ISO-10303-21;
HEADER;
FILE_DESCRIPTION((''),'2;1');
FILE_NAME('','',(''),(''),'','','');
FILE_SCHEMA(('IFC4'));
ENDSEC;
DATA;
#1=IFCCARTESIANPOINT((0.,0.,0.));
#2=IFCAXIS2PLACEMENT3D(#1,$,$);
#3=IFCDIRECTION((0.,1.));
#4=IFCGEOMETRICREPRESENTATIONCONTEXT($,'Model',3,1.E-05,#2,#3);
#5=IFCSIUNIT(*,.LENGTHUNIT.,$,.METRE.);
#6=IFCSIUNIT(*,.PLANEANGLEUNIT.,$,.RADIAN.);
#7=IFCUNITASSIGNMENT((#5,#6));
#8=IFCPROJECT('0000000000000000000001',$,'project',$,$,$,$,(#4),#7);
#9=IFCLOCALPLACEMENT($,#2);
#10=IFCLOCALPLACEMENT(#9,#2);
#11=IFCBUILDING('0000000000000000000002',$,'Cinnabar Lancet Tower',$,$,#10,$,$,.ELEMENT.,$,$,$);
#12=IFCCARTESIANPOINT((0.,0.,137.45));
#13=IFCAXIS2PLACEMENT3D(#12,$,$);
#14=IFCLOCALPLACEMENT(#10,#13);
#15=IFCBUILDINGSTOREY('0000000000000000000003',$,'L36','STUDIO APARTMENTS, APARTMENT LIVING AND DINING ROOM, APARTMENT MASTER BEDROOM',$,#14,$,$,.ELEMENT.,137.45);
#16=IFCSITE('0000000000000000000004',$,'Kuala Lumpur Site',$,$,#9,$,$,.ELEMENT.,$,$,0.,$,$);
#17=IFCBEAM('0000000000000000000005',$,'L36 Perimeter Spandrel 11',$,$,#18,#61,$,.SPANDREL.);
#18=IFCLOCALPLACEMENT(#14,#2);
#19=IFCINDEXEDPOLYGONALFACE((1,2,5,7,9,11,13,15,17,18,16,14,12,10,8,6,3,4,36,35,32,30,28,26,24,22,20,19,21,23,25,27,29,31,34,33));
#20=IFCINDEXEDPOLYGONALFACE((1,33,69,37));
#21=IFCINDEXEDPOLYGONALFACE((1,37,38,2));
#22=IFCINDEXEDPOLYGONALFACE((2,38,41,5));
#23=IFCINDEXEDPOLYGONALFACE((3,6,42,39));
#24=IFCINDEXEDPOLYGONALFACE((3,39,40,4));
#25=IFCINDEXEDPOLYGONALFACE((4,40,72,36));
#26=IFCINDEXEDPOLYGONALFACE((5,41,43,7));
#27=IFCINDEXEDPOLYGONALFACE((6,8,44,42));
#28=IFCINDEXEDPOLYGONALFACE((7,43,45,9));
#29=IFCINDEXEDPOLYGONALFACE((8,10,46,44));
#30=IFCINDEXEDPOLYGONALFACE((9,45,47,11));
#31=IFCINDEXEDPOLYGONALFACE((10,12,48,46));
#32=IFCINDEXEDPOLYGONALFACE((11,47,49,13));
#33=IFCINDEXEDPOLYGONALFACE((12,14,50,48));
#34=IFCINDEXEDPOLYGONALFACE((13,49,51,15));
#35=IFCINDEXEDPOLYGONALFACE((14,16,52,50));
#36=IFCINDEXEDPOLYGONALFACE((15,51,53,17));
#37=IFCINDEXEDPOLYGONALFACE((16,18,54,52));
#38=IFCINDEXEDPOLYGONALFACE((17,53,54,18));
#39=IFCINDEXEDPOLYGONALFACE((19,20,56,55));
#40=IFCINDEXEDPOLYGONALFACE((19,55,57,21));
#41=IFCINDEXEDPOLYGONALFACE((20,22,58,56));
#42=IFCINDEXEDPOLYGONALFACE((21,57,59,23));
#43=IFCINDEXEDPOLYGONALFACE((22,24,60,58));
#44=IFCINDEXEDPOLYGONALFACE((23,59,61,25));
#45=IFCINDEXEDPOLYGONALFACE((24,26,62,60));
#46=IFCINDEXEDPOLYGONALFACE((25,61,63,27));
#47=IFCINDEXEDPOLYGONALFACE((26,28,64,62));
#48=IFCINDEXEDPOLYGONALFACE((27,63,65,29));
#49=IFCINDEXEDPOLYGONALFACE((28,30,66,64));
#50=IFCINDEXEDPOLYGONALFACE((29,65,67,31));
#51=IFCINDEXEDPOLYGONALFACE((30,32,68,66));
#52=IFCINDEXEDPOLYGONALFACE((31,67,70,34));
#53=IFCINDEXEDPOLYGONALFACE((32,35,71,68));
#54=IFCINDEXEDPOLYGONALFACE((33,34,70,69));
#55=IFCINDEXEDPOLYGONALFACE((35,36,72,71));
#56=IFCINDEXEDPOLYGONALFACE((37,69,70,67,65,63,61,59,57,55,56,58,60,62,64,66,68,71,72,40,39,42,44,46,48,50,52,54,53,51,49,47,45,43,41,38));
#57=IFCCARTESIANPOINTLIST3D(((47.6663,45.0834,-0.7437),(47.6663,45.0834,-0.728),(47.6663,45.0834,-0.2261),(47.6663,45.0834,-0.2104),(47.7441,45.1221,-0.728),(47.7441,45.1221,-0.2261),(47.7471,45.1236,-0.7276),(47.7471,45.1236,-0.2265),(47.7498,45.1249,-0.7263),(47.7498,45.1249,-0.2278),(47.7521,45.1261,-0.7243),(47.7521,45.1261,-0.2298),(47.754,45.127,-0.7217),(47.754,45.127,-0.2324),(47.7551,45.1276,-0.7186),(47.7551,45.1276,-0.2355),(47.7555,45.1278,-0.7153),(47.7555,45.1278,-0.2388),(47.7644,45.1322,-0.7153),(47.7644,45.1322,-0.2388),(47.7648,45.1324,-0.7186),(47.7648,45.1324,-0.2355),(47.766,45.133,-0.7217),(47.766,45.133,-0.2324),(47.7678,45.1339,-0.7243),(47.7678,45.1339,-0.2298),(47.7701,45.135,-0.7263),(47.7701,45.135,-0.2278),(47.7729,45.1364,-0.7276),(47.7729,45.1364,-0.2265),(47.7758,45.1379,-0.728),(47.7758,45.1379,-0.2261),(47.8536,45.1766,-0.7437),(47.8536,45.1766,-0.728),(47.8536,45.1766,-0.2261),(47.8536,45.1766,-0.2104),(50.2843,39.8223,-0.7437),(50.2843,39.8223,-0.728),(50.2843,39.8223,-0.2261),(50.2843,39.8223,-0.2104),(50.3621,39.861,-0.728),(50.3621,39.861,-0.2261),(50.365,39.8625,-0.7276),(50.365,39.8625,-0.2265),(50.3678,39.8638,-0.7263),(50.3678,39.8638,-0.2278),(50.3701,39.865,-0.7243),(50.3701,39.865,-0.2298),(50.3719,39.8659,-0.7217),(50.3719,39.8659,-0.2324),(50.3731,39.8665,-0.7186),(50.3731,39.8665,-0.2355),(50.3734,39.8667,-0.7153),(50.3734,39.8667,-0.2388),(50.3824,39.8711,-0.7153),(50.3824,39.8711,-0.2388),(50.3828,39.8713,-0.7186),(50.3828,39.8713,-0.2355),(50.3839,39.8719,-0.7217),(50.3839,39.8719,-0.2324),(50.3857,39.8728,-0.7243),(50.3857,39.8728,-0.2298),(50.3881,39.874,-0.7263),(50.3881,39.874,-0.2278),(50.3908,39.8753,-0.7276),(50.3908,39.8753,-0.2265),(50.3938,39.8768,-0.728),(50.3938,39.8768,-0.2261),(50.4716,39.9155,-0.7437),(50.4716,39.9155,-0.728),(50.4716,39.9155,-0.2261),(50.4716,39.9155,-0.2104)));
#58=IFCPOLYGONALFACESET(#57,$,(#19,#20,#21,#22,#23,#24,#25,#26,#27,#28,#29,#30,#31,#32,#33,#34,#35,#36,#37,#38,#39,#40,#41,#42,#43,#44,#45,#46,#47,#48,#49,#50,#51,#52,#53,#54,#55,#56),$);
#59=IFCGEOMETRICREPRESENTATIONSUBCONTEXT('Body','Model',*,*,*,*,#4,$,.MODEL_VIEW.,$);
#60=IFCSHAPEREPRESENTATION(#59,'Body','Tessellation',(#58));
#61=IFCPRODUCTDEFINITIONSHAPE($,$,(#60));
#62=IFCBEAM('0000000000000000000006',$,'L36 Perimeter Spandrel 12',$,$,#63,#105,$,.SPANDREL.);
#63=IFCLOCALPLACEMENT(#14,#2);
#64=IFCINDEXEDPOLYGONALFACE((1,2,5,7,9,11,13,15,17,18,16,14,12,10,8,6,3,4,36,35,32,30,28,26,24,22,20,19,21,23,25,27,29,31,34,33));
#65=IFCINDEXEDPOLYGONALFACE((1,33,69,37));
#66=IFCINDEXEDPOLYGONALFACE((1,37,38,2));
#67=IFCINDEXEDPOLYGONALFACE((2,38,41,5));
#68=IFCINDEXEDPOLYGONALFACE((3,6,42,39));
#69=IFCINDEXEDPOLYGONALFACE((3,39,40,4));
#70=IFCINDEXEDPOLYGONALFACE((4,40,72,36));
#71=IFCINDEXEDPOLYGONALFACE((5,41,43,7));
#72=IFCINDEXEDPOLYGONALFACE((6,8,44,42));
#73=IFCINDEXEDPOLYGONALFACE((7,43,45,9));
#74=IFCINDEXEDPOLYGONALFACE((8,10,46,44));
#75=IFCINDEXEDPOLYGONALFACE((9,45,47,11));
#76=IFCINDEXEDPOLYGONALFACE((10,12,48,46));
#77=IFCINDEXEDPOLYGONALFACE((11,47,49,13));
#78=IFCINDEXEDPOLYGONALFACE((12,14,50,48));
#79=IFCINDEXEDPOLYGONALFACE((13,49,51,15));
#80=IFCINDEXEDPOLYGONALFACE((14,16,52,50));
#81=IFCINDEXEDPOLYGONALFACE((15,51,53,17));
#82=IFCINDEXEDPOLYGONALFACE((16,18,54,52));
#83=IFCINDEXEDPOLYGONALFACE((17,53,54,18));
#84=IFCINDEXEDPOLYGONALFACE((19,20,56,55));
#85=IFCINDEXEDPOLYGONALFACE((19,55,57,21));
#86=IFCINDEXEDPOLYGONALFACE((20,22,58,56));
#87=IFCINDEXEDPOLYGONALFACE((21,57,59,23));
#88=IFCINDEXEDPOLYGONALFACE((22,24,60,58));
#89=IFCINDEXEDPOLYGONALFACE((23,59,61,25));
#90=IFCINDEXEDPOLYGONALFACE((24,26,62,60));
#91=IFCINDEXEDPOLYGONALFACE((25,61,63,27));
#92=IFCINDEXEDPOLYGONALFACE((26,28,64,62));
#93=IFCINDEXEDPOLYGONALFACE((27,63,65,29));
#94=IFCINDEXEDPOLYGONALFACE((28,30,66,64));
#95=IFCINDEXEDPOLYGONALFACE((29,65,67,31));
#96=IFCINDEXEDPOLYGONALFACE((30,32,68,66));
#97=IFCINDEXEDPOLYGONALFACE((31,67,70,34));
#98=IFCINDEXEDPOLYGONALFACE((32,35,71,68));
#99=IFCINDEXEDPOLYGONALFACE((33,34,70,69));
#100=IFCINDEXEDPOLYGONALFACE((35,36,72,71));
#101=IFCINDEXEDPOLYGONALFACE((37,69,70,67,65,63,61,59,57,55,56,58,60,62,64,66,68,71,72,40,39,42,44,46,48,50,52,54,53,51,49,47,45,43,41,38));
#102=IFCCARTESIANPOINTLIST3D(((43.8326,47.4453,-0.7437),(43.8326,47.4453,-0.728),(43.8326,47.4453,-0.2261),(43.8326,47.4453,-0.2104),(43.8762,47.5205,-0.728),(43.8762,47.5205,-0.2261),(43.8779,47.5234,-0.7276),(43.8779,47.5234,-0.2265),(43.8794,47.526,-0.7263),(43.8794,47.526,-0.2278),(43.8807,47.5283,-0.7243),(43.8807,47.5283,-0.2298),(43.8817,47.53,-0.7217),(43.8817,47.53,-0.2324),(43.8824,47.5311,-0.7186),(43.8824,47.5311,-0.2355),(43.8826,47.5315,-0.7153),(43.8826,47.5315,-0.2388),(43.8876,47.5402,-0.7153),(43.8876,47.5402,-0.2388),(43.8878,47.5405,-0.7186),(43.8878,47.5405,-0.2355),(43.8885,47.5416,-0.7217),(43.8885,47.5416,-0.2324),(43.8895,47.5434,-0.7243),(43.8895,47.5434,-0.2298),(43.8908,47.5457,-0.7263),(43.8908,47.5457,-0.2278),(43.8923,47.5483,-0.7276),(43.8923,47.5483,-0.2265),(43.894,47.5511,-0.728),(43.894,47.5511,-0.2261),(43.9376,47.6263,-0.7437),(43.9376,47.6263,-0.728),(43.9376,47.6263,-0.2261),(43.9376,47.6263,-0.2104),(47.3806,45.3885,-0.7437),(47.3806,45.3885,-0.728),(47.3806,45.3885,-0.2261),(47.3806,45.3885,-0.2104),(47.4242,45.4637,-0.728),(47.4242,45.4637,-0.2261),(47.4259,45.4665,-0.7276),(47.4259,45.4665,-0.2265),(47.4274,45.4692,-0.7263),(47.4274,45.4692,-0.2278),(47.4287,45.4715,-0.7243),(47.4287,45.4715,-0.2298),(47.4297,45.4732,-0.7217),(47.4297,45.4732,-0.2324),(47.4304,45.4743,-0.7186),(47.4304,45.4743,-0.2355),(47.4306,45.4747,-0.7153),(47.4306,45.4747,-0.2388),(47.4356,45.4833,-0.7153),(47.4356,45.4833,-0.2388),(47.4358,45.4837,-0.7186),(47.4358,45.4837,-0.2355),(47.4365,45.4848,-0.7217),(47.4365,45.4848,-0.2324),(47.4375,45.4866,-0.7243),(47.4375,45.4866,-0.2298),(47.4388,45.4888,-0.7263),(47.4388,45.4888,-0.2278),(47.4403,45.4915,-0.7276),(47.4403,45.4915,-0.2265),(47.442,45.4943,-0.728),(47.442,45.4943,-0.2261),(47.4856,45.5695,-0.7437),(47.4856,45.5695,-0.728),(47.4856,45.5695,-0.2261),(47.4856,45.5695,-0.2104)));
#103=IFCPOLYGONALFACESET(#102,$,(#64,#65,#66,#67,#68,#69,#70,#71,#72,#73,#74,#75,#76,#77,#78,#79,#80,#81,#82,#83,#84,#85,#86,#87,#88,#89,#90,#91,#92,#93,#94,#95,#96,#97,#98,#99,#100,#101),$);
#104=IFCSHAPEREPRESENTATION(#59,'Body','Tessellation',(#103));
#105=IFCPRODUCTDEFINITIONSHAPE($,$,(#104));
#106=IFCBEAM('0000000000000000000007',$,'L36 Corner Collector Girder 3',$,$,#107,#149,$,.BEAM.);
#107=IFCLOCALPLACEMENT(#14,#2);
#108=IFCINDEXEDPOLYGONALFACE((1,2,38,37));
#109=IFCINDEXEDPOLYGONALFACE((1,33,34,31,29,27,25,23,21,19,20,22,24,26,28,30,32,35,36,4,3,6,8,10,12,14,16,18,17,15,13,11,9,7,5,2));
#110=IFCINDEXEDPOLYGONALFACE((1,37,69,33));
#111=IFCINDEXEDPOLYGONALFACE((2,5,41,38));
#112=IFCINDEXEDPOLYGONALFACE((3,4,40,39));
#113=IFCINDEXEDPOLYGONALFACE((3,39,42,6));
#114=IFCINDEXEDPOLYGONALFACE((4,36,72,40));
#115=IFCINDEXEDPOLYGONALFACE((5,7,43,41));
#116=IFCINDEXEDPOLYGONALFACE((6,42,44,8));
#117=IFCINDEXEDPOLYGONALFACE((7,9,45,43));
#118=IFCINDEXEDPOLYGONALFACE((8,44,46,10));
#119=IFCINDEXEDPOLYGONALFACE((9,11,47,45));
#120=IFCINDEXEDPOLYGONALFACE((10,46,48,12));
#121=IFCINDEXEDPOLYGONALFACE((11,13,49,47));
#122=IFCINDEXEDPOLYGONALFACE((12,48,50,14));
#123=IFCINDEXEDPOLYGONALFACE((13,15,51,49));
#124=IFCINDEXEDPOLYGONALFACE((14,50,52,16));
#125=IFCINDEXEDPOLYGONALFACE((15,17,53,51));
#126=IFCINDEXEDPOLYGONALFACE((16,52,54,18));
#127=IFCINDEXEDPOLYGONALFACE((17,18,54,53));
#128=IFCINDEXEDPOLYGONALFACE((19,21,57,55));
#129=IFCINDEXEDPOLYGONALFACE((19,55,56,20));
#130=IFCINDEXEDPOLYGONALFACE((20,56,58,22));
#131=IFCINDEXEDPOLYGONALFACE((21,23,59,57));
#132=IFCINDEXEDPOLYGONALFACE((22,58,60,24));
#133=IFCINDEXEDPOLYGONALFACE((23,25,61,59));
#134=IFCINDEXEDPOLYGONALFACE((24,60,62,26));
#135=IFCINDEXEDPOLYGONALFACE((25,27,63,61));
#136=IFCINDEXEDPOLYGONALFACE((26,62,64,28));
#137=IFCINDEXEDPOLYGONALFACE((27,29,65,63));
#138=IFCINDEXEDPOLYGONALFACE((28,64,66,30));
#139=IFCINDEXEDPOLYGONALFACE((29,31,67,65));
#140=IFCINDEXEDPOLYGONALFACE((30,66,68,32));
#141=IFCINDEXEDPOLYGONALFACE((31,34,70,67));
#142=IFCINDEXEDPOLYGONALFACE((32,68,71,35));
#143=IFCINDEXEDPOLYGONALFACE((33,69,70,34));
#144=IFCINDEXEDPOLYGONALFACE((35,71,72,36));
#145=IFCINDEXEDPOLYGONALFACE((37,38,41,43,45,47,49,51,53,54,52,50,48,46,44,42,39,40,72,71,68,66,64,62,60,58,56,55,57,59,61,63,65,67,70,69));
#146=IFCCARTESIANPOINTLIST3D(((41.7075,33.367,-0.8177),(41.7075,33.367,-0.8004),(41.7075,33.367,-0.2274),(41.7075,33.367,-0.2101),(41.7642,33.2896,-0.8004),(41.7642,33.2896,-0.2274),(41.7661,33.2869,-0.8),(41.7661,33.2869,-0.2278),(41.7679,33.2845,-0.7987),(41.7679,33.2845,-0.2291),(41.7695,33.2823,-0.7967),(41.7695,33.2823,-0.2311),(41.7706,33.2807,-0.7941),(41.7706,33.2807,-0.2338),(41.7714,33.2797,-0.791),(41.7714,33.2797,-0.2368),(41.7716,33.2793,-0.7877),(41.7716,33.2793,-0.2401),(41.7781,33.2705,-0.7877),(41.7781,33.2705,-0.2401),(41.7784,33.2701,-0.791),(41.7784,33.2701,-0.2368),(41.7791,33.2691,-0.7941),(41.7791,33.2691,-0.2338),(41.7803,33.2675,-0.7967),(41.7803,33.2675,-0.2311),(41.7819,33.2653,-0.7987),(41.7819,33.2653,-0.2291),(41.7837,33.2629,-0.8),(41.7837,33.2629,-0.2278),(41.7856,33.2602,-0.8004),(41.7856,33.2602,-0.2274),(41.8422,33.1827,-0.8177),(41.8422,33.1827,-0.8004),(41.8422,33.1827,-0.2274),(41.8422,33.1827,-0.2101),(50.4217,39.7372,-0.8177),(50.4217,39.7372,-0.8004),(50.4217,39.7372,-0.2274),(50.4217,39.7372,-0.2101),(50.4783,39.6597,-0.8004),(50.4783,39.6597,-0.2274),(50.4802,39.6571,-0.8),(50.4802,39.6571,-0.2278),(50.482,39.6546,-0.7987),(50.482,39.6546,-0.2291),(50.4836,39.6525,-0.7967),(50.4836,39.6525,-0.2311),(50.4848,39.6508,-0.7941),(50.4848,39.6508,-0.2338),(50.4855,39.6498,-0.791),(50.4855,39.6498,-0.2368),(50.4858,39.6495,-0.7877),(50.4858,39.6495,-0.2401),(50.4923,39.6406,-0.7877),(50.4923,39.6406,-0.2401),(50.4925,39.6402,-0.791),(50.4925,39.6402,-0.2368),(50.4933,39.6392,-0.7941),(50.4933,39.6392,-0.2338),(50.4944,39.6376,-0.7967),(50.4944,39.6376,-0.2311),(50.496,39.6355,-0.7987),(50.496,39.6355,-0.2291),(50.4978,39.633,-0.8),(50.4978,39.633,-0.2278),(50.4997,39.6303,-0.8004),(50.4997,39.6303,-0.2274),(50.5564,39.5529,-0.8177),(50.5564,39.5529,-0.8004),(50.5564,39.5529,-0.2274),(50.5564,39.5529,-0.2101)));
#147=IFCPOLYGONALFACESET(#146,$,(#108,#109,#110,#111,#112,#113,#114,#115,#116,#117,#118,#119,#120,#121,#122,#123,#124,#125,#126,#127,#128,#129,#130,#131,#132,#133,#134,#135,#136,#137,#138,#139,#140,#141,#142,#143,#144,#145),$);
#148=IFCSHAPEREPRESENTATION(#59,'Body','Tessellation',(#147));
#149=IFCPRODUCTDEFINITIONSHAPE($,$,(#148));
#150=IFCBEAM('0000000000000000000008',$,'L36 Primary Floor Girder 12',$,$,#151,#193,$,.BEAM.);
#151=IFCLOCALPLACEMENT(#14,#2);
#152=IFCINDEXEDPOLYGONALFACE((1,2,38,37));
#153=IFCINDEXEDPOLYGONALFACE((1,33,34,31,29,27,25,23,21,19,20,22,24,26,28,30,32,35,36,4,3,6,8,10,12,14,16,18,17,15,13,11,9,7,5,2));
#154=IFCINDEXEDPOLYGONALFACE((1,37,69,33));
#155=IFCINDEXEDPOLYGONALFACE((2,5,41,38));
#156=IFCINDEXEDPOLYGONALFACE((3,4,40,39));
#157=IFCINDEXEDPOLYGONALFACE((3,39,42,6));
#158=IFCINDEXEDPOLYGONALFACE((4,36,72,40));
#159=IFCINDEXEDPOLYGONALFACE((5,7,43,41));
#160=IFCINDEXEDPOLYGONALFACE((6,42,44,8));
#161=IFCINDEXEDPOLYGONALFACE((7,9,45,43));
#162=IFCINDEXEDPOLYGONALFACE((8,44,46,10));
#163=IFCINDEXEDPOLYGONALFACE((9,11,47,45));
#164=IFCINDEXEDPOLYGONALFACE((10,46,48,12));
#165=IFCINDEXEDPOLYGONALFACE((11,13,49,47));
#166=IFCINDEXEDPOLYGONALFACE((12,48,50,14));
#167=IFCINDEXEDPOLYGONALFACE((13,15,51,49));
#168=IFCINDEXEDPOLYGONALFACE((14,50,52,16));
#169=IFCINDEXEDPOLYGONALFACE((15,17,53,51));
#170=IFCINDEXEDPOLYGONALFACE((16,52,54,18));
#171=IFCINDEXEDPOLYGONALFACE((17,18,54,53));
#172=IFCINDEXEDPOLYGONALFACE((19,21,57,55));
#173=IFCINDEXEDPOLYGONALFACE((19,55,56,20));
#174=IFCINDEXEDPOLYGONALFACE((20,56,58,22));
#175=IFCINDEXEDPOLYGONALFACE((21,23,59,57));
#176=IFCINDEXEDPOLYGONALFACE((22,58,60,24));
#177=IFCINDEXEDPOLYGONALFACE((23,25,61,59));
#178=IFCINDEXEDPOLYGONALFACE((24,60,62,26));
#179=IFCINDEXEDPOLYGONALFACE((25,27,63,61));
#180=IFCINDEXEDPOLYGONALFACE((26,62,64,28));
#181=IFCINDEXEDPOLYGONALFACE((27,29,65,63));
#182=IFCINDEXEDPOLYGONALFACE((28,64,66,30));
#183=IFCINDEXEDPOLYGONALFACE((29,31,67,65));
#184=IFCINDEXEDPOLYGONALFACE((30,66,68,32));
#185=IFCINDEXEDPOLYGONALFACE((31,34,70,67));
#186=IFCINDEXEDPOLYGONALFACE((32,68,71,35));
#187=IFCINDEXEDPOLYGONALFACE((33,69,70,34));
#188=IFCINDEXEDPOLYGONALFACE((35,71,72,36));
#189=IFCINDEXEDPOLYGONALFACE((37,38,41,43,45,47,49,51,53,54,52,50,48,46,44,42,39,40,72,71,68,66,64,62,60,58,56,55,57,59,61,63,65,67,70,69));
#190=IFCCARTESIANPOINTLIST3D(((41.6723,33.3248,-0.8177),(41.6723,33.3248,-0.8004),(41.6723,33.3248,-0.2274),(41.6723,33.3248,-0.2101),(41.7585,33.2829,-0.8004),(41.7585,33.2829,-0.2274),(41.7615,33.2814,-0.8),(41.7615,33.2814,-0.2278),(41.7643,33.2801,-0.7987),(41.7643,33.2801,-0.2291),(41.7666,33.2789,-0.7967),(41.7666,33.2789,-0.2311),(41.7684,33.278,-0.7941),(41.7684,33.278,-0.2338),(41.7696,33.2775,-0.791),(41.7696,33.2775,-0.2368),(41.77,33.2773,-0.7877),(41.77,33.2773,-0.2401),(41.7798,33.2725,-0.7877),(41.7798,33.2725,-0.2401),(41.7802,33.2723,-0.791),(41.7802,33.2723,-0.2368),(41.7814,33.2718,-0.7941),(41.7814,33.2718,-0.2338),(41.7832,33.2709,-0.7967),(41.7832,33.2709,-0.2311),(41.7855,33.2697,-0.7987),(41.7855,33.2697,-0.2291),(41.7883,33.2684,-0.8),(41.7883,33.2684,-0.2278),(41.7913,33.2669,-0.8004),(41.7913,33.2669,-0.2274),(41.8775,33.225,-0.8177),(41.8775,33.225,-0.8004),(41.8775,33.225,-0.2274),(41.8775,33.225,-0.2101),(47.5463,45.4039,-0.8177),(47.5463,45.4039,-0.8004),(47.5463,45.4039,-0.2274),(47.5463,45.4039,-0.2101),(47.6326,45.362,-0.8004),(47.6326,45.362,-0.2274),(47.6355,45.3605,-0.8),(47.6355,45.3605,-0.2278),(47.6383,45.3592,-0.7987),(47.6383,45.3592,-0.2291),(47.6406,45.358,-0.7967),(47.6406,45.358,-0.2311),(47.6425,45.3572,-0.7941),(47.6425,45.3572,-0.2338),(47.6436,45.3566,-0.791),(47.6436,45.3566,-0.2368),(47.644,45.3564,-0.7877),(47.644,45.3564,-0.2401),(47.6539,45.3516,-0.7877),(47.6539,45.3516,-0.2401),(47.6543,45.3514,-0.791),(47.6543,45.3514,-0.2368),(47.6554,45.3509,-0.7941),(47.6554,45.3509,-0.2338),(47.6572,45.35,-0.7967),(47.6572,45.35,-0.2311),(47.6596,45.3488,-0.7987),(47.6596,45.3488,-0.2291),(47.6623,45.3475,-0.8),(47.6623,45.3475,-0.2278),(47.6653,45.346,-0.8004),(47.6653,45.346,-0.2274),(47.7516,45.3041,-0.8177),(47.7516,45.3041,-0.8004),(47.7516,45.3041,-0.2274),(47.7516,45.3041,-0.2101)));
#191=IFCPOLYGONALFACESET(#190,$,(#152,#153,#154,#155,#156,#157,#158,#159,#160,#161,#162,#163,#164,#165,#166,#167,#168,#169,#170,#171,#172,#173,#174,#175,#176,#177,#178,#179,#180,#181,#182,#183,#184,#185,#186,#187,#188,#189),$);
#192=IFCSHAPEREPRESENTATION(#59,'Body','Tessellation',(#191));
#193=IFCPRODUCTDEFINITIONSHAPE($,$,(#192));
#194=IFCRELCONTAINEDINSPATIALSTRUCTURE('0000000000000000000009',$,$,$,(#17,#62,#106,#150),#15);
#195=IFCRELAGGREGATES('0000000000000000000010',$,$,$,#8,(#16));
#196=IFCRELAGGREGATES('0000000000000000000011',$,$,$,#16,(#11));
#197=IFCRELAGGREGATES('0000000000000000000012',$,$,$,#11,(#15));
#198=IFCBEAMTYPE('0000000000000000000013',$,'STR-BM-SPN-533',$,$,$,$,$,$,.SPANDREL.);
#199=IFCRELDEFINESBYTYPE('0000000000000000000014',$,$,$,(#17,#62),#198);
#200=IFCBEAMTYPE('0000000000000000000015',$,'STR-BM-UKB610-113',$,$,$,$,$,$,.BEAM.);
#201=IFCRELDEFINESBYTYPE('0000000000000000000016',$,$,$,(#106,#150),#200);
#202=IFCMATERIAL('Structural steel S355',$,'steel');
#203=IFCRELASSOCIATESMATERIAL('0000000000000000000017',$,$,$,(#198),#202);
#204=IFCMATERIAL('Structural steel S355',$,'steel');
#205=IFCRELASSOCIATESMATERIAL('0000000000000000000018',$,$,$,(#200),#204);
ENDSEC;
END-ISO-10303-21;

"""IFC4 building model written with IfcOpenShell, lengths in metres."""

from ifc_helpers import new_model, si_unit, direction, frame, origin, origin_2d, place, context, subcontext, project, spatial, i_section, extrude, material, material_profile, profile_set, type_object, element, save


model = new_model("IFC4")

# Units and contexts
model_context = context("Model", 3, precision=1e-05, world=origin(), true_north=direction((0.0, 1.0)))
body_context = subcontext(model_context, "Body", "Model", "MODEL_VIEW")
ifc_project = project(units=[si_unit("LENGTHUNIT", "METRE"), si_unit("PLANEANGLEUNIT", "RADIAN")], contexts=[model_context])

# Site, building, storey
site_placement = place(None, origin())
site = spatial("IfcSite", under=ifc_project, at=site_placement, Name="Kuala Lumpur Site", CompositionType="ELEMENT", RefElevation=0.0)
building_placement = place(site_placement, origin())
building = spatial("IfcBuilding", under=site, at=building_placement, Name="Cinnabar Lancet Tower", CompositionType="ELEMENT")
storey_placement = place(building_placement, frame((0.0, 0.0, 137.45)))
storey = spatial("IfcBuildingStorey", under=building, at=storey_placement, Name="L36", Description="STUDIO APARTMENTS, APARTMENT LIVING AND DINING ROOM, APARTMENT MASTER BEDROOM", CompositionType="ELEMENT", Elevation=137.45)

# Beams
ifc_material_1 = material(Name="Structural steel S355", Category="steel")
ifc_material_profile_1 = material_profile(ifc_material_1, i_section(OverallWidth=0.2092, OverallDepth=0.5332, WebThickness=0.01, FlangeThickness=0.0156, FilletRadius=0.0127, at=origin_2d()), Name="UKB 533x210x92")
ifc_profile_set_1 = profile_set([ifc_material_profile_1], Name="Structural steel S355")
beam_type_1 = type_object("IfcBeamType", Name="STR-BM-SPN-533", PredefinedType="SPANDREL", material=ifc_profile_set_1)
beam_1_placement = place(storey_placement, frame((50.3779, 39.8689, -0.4771), z_axis=(-0.445501, 0.895281, 0.0), x_axis=(-0.895281, -0.445501, 0.0)))
element("IfcBeam", 1, at=beam_1_placement, inside=storey, type_object=beam_type_1, Name="L36 Perimeter Spandrel 11", PredefinedType="SPANDREL", context=body_context, shape_type="SweptSolid", body=[
    extrude(i_section(OverallWidth=0.2092, OverallDepth=0.5332, WebThickness=0.01, FlangeThickness=0.0156, FilletRadius=0.0127, at=origin_2d()), origin(), (0.0, 0.0, 1.0), 5.8765),
])
beam_2_placement = place(storey_placement, frame((47.4331, 45.479, -0.4771), z_axis=(-0.865138, 0.501534, 0.0), x_axis=(-0.501534, -0.865138, 0.0)))
element("IfcBeam", 2, at=beam_2_placement, inside=storey, type_object=beam_type_1, Name="L36 Perimeter Spandrel 12", PredefinedType="SPANDREL", context=body_context, shape_type="SweptSolid", body=[
    extrude(i_section(OverallWidth=0.2092, OverallDepth=0.5332, WebThickness=0.01, FlangeThickness=0.0156, FilletRadius=0.0127, at=origin_2d()), origin(), (0.0, 0.0, 1.0), 4.1011),
])
ifc_material_2 = material(Name="Structural steel S355", Category="steel")
ifc_material_profile_2 = material_profile(ifc_material_2, i_section(OverallWidth=0.2283, OverallDepth=0.6077, WebThickness=0.011, FlangeThickness=0.0173, FilletRadius=0.0127, at=origin_2d()), Name="UKB 610x229x113")
ifc_profile_set_2 = profile_set([ifc_material_profile_2], Name="Structural steel S355")
beam_type_2 = type_object("IfcBeamType", Name="STR-BM-UKB610-113", PredefinedType="BEAM", material=ifc_profile_set_2)
beam_3_placement = place(storey_placement, frame((50.489, 39.645, -0.5139), z_axis=(-0.807298, -0.590144, 0.0), x_axis=(0.590144, -0.807298, 0.0)))
element("IfcBeam", 3, at=beam_3_placement, inside=storey, type_object=beam_type_2, Name="L36 Corner Collector Girder 3", PredefinedType="BEAM", context=body_context, shape_type="SweptSolid", body=[
    extrude(i_section(OverallWidth=0.2283, OverallDepth=0.6077, WebThickness=0.011, FlangeThickness=0.0173, FilletRadius=0.0127, at=origin_2d()), origin(), (0.0, 0.0, 1.0), 10.7942),
])
beam_4_placement = place(storey_placement, frame((47.6489, 45.354, -0.5139), z_axis=(-0.437327, -0.899302, 0.0), x_axis=(0.899302, -0.437327, 0.0)))
element("IfcBeam", 4, at=beam_4_placement, inside=storey, type_object=beam_type_2, Name="L36 Primary Floor Girder 12", PredefinedType="BEAM", context=body_context, shape_type="SweptSolid", body=[
    extrude(i_section(OverallWidth=0.2283, OverallDepth=0.6077, WebThickness=0.011, FlangeThickness=0.0173, FilletRadius=0.0127, at=origin_2d()), origin(), (0.0, 0.0, 1.0), 13.4316),
])

save(model, "model.ifc")
